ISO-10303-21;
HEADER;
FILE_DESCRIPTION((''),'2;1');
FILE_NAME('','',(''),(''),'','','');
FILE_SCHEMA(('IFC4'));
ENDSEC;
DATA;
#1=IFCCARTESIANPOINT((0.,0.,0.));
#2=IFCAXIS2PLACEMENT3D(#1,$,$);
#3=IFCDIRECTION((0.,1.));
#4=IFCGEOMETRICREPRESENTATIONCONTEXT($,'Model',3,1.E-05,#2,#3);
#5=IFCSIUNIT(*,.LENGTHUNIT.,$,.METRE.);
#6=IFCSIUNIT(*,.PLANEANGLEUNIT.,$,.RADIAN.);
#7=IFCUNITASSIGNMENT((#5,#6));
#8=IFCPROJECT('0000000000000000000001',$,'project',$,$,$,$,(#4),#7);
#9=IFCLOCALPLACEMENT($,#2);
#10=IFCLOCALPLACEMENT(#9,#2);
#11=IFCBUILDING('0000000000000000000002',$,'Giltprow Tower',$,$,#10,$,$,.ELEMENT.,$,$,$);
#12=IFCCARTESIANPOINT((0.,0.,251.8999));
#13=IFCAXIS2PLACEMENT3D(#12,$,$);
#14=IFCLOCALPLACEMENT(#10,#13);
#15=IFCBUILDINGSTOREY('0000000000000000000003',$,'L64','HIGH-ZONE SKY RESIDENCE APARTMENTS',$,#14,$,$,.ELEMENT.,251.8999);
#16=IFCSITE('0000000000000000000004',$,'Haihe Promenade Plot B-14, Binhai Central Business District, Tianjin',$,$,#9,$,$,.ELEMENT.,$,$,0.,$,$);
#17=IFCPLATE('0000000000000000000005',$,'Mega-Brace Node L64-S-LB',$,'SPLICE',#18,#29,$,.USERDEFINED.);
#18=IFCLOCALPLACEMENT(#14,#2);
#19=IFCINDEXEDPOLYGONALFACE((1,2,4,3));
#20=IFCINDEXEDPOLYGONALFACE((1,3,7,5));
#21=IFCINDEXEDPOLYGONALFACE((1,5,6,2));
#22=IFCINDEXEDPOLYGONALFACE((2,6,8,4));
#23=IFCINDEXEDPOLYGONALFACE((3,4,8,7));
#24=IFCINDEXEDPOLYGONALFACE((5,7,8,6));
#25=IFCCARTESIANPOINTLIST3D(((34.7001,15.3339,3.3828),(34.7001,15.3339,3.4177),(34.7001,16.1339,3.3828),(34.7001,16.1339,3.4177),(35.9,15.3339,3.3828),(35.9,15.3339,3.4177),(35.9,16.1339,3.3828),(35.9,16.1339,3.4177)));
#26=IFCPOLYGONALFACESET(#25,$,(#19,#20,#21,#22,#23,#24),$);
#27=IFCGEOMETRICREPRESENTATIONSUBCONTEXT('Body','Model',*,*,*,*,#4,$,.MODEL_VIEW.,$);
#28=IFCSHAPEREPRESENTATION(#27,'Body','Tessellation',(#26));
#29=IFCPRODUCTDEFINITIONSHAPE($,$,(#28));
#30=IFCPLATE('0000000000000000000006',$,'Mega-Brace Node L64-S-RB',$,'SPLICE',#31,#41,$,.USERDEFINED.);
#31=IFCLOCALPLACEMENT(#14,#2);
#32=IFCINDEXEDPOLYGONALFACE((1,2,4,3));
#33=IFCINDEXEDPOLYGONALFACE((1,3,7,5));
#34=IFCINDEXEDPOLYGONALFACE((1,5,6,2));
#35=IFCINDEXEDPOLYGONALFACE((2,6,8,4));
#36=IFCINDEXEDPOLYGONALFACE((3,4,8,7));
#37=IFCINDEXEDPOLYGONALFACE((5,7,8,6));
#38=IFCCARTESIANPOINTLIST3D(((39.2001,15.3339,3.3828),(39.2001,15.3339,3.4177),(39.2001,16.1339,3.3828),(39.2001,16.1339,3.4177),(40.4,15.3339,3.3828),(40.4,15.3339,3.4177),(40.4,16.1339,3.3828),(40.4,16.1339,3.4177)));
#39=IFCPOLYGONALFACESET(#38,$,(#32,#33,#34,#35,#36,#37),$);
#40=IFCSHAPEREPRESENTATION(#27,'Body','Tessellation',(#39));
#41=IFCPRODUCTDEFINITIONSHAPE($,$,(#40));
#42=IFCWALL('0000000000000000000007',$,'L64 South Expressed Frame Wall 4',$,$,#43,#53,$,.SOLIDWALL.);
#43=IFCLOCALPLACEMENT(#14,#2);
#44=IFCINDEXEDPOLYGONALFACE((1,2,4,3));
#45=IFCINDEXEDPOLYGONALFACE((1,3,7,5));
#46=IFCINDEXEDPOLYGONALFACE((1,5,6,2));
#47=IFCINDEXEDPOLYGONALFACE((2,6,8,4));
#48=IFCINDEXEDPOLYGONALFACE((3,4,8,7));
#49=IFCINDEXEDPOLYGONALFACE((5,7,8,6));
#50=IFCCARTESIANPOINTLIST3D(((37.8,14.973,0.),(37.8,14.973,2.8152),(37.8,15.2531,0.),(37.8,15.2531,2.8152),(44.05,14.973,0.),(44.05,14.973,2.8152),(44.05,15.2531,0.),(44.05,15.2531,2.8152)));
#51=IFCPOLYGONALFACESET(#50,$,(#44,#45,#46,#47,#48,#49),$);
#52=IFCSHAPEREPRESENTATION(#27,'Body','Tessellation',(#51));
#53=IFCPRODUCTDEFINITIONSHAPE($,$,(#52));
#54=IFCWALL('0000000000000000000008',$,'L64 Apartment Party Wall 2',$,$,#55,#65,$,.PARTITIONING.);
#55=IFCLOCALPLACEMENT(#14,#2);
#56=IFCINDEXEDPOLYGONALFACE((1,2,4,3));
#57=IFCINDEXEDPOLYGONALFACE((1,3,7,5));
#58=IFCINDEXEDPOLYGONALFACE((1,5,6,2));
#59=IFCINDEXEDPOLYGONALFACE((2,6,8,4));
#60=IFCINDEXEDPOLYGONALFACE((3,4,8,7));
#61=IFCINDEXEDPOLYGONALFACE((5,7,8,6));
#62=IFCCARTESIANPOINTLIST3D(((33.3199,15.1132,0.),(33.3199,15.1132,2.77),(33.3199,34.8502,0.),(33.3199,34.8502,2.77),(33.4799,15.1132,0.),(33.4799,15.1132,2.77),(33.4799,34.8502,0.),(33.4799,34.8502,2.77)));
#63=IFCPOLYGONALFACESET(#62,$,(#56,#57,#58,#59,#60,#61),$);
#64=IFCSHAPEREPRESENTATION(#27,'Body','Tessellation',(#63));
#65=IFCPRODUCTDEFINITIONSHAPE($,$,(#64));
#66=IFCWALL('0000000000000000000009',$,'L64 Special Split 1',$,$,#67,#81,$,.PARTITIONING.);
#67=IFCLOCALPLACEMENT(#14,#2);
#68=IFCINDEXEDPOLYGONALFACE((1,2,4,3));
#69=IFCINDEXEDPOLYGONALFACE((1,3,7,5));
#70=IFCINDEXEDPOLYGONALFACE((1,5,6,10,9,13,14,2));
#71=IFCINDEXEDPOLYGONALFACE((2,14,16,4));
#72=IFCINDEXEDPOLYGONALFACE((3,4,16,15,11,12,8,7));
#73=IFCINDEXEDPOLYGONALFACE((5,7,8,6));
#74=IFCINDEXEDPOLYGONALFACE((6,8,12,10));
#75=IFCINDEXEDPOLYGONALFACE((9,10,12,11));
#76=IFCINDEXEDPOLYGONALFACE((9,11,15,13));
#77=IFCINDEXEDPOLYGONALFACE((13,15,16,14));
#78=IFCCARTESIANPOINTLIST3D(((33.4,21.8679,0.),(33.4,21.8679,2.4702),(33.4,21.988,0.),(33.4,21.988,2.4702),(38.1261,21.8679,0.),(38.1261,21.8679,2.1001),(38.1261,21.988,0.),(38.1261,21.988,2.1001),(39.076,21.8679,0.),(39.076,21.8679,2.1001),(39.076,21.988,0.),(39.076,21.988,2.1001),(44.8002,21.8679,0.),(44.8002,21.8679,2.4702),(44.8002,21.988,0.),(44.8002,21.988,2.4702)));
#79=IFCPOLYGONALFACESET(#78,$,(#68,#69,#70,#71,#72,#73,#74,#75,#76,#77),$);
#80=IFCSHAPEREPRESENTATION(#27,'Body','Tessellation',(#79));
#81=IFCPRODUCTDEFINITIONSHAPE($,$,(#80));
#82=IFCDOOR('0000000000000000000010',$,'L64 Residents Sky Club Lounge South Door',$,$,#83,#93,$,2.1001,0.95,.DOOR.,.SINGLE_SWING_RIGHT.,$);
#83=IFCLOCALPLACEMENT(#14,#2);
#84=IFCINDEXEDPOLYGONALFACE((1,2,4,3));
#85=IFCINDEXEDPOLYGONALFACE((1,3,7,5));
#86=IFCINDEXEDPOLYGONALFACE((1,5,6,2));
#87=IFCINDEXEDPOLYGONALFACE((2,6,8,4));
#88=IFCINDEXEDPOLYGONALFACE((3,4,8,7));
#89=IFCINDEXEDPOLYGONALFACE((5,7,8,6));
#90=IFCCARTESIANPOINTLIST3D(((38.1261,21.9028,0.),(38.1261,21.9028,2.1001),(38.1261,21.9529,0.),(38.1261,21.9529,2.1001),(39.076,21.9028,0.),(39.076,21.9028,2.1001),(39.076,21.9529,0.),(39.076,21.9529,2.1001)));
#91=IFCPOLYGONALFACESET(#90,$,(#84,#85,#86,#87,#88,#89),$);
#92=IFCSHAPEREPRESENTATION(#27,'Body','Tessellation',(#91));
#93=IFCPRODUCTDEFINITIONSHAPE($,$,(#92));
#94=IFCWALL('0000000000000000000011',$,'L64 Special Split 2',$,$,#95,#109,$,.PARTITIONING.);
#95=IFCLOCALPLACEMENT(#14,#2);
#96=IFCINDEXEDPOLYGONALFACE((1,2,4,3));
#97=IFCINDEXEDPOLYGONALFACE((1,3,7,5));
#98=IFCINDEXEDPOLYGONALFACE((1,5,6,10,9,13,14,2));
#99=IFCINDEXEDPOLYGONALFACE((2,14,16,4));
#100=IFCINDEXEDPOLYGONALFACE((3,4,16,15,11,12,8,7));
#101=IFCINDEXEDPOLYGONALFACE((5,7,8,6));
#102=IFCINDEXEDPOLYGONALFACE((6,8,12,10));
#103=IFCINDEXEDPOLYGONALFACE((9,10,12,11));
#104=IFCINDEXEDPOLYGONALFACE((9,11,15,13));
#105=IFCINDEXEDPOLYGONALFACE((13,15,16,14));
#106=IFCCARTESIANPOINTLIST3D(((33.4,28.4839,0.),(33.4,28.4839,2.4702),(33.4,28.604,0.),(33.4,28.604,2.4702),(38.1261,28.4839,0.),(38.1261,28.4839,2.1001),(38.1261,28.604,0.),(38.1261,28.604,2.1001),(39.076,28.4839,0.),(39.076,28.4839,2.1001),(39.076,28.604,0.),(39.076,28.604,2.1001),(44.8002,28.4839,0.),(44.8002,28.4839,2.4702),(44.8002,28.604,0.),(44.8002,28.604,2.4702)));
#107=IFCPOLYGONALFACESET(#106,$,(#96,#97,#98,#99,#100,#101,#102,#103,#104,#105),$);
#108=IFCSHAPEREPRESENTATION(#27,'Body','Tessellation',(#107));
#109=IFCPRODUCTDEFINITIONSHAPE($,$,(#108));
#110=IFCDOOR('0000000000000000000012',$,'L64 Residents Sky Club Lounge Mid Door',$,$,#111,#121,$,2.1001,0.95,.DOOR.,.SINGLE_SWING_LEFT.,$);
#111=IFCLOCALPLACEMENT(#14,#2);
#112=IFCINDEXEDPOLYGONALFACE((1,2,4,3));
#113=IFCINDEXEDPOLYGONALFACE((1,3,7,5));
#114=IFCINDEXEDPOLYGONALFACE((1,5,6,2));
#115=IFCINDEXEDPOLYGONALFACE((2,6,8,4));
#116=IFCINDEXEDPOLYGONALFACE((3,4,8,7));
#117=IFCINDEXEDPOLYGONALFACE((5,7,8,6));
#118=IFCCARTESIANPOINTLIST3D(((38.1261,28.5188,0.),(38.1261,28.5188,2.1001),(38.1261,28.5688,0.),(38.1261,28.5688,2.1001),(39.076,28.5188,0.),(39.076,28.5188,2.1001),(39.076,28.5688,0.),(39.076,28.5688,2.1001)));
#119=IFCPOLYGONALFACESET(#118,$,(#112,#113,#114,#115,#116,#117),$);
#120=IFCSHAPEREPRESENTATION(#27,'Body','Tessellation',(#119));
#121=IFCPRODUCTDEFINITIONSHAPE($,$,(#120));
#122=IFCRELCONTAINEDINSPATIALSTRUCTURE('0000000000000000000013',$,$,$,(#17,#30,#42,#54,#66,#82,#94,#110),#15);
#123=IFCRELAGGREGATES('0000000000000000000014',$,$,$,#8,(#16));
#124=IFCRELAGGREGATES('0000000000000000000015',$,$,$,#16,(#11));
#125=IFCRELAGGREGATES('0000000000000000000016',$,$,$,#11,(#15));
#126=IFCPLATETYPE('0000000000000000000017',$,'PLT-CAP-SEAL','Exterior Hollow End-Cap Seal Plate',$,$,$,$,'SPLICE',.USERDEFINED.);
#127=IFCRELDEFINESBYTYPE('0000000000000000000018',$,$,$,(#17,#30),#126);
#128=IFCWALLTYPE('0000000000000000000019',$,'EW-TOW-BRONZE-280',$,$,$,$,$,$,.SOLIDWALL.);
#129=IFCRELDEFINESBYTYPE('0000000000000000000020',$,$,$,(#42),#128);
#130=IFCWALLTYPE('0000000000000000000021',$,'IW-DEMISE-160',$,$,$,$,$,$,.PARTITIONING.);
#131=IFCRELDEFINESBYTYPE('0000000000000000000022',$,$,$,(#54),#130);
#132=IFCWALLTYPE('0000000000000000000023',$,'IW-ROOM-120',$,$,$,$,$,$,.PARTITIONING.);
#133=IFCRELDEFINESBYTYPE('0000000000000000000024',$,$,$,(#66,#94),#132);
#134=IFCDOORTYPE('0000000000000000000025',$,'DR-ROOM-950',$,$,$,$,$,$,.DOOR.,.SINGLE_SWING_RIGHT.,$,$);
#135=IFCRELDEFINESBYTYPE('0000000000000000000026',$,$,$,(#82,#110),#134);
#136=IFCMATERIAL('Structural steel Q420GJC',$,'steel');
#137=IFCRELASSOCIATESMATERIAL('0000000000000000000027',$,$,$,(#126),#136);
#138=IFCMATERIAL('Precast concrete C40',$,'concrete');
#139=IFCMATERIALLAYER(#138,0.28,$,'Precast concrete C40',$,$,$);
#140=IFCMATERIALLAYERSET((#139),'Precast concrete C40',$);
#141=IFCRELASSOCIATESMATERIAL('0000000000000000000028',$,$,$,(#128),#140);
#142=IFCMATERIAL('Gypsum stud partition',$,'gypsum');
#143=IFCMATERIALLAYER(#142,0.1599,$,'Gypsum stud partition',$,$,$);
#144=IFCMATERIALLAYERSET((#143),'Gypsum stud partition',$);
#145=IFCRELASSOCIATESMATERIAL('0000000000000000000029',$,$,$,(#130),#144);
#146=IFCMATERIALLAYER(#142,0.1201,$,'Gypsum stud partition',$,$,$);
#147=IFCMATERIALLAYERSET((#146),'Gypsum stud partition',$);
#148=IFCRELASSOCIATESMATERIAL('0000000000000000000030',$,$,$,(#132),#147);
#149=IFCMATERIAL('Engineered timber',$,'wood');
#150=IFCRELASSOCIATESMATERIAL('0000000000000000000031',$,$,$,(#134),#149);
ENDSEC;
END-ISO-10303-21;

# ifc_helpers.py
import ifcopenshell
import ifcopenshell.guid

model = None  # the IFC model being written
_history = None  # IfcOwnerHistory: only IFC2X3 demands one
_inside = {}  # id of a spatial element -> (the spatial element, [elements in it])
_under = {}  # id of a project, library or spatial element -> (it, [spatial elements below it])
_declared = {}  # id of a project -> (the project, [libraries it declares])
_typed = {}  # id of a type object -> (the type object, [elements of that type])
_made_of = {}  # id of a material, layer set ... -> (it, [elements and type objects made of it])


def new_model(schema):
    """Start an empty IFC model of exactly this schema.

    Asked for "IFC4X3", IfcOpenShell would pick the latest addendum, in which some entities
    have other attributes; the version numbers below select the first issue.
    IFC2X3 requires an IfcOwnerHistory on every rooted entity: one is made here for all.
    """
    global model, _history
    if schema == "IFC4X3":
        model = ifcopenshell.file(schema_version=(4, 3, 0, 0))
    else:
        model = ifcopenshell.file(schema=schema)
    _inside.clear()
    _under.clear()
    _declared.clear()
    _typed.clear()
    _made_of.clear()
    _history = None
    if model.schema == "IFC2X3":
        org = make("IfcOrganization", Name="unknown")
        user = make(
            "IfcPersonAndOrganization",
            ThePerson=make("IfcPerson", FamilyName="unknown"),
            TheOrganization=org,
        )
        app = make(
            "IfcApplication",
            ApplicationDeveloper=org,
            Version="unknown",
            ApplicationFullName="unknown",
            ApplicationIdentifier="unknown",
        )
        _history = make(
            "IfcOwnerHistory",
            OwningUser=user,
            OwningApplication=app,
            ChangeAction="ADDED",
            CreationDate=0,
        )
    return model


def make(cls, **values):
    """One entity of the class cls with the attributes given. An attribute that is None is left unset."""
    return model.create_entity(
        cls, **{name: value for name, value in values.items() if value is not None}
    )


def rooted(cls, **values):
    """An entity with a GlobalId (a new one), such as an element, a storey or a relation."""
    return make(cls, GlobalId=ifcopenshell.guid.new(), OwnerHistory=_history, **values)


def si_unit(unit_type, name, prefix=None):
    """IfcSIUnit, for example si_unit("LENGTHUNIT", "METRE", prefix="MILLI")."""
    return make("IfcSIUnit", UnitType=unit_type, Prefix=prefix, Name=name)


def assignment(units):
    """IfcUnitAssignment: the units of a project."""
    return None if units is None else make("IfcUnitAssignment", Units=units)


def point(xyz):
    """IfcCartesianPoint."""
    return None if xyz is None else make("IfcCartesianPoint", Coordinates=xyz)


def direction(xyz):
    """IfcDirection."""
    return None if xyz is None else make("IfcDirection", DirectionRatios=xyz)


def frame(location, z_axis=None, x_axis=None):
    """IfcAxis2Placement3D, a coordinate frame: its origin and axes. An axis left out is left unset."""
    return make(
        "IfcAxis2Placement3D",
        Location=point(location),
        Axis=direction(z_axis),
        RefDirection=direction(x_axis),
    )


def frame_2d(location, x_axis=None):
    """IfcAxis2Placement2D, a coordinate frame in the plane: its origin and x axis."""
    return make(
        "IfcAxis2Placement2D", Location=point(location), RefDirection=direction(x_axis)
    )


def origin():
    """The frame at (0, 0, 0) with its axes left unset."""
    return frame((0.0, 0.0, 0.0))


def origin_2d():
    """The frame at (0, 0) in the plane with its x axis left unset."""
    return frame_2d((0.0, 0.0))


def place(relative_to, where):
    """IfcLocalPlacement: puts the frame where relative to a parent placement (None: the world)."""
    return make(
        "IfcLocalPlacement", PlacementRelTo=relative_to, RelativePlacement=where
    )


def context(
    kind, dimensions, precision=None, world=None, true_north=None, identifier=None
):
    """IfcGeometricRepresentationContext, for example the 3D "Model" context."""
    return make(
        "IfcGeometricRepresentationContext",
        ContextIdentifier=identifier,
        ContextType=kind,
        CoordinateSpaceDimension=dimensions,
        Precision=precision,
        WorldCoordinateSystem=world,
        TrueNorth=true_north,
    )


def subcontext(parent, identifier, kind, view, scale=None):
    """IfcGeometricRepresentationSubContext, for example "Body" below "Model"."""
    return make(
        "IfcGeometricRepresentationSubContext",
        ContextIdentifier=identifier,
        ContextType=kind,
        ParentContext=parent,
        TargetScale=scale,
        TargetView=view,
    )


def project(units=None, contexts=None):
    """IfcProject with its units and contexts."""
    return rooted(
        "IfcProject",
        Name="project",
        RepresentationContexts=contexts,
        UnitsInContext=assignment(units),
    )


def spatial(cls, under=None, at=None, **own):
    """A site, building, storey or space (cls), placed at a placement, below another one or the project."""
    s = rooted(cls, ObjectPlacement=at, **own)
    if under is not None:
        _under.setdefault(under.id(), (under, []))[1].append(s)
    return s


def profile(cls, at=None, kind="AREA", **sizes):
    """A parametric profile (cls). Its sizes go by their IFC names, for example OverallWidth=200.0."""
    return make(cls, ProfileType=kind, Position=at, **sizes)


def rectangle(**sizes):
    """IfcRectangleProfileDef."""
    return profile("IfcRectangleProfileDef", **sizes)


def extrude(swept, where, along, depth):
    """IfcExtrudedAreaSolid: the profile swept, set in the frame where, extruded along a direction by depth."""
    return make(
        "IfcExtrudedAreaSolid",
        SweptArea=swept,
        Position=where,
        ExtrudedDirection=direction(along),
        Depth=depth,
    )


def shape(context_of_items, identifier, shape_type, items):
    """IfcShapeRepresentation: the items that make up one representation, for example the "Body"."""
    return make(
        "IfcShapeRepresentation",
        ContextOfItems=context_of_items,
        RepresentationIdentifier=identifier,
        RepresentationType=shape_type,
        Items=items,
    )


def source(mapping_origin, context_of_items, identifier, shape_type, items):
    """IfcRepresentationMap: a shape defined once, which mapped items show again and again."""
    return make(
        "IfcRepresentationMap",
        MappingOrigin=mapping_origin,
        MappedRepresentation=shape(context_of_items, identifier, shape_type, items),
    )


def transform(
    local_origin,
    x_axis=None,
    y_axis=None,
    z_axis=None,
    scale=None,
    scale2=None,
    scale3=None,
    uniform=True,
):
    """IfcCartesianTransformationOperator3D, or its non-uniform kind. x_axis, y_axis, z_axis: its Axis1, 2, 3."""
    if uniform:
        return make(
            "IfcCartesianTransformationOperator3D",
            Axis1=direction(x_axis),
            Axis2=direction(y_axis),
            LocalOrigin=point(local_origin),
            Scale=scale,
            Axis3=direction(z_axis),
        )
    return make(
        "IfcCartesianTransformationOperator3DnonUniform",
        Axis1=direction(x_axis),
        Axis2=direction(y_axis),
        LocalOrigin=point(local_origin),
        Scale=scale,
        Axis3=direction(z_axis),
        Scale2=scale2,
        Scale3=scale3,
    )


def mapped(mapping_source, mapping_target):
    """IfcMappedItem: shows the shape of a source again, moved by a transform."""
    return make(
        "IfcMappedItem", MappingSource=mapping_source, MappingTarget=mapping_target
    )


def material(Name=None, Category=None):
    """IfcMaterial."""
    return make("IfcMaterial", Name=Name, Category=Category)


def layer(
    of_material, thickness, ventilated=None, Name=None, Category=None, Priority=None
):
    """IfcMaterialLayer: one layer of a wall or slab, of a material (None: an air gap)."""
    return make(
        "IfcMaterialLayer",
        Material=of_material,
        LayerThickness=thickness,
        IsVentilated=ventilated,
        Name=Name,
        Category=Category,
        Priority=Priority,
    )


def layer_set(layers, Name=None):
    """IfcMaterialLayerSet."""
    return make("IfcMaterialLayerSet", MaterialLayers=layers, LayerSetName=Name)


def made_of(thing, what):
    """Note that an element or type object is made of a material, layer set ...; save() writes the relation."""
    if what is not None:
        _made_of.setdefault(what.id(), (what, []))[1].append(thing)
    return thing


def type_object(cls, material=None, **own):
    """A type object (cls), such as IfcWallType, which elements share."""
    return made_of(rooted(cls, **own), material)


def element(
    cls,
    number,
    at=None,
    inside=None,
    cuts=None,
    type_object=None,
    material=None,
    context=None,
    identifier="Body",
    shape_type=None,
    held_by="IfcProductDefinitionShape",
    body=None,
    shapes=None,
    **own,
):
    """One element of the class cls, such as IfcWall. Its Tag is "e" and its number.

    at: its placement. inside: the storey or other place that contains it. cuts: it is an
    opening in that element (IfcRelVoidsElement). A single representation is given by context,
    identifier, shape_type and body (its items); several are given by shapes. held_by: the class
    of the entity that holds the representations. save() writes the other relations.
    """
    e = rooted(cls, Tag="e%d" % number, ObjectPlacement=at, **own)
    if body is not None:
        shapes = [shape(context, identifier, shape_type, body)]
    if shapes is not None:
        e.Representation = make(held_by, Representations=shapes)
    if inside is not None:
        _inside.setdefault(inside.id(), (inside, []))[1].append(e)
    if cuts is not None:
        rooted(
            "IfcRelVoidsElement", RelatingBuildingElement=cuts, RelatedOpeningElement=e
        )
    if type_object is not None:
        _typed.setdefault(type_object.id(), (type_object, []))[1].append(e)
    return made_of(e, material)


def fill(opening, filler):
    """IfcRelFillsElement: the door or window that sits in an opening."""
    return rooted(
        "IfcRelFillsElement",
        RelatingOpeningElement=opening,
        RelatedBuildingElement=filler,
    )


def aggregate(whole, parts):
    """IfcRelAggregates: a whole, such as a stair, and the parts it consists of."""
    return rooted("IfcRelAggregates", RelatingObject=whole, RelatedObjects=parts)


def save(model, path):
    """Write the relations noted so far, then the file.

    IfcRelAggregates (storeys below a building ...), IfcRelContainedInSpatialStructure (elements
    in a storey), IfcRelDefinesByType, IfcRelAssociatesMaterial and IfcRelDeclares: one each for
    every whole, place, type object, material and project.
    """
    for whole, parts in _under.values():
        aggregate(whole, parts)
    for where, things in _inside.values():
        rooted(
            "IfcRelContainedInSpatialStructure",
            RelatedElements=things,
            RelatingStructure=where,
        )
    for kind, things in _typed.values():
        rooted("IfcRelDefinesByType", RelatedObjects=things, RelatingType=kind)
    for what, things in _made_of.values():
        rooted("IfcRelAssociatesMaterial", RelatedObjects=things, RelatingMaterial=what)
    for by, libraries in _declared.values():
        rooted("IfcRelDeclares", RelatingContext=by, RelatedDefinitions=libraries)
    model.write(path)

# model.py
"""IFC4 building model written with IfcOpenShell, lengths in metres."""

from ifc_helpers import new_model, si_unit, direction, frame, frame_2d, origin, origin_2d, place, context, subcontext, project, spatial, rectangle, extrude, source, transform, mapped, material, layer, layer_set, type_object, element, fill, save


model = new_model("IFC4")

# Units and contexts
model_context = context("Model", 3, precision=1e-05, world=origin(), true_north=direction((0.0, 1.0)))
body_context = subcontext(model_context, "Body", "Model", "MODEL_VIEW")
ifc_project = project(units=[si_unit("LENGTHUNIT", "METRE"), si_unit("PLANEANGLEUNIT", "RADIAN")], contexts=[model_context])

# Site, building, storey
site_placement = place(None, origin())
site = spatial("IfcSite", under=ifc_project, at=site_placement, Name="Haihe Promenade Plot B-14, Binhai Central Business District, Tianjin", CompositionType="ELEMENT", RefElevation=0.0)
building_placement = place(site_placement, origin())
building = spatial("IfcBuilding", under=site, at=building_placement, Name="Giltprow Tower", CompositionType="ELEMENT")
storey_placement = place(building_placement, frame((0.0, 0.0, 251.8999)))
storey = spatial("IfcBuildingStorey", under=building, at=storey_placement, Name="L64", Description="HIGH-ZONE SKY RESIDENCE APARTMENTS", CompositionType="ELEMENT", Elevation=251.8999)

# Shared definitions
ifc_material_1 = material(Name="Structural steel Q420GJC", Category="steel")

# Plates
plate_type = type_object("IfcPlateType", Name="PLT-CAP-SEAL", Description="Exterior Hollow End-Cap Seal Plate", ElementType="SPLICE", PredefinedType="USERDEFINED", material=ifc_material_1)
shared_shape_1 = source(origin(), body_context, "Body", "SweptSolid", [
    extrude(rectangle(XDim=1.2, YDim=0.8, at=origin_2d()), origin(), (0.0, 0.0, 1.0), 0.0349),
])
for number, where, z_axis, x_axis, name in (
    (1, (35.3, 15.7339, 3.3828), (0.0, 0.0, 1.0), (1.0, 0.0, 0.0), "Mega-Brace Node L64-S-LB"),
    (2, (39.8, 15.7339, 3.3828), (0.0, 0.0, 1.0), (1.0, 0.0, 0.0), "Mega-Brace Node L64-S-RB"),
):
    element("IfcPlate", number, at=place(storey_placement, frame(where, z_axis=z_axis, x_axis=x_axis)), inside=storey, type_object=plate_type, Name=name, ObjectType="SPLICE", PredefinedType="USERDEFINED", context=body_context, shape_type="MappedRepresentation", body=[
        mapped(shared_shape_1, transform((0.0, 0.0, 0.0), x_axis=(1.0, 0.0, 0.0), y_axis=(0.0, 1.0, 0.0), z_axis=(0.0, 0.0, 1.0), scale=1.0)),
    ])

# Walls
ifc_material_2 = material(Name="Precast concrete C40", Category="concrete")
ifc_layer_1 = layer(ifc_material_2, 0.28, Name="Precast concrete C40")
ifc_layer_set_1 = layer_set([ifc_layer_1], Name="Precast concrete C40")
wall_type_1 = type_object("IfcWallType", Name="EW-TOW-BRONZE-280", PredefinedType="SOLIDWALL", material=ifc_layer_set_1)
wall_1_placement = place(storey_placement, frame((37.8, 15.113, 0.0), z_axis=(0.0, 0.0, 1.0), x_axis=(1.0, 0.0, 0.0)))
element("IfcWall", 3, at=wall_1_placement, inside=storey, type_object=wall_type_1, Name="L64 South Expressed Frame Wall 4", PredefinedType="SOLIDWALL", context=body_context, shape_type="SweptSolid", body=[
    extrude(rectangle(XDim=6.25, YDim=0.28, at=frame_2d((3.125, 0.0))), origin(), (0.0, 0.0, 1.0), 2.8152),
])
ifc_material_3 = material(Name="Gypsum stud partition", Category="gypsum")
ifc_layer_2 = layer(ifc_material_3, 0.1599, Name="Gypsum stud partition")
ifc_layer_set_2 = layer_set([ifc_layer_2], Name="Gypsum stud partition")
wall_type_2 = type_object("IfcWallType", Name="IW-DEMISE-160", PredefinedType="PARTITIONING", material=ifc_layer_set_2)
wall_2_placement = place(storey_placement, frame((33.3999, 15.113, 0.0), z_axis=(0.0, 0.0, 1.0), x_axis=(0.0, 1.0, 0.0)))
element("IfcWall", 4, at=wall_2_placement, inside=storey, type_object=wall_type_2, Name="L64 Apartment Party Wall 2", PredefinedType="PARTITIONING", context=body_context, shape_type="SweptSolid", body=[
    extrude(rectangle(XDim=19.7371, YDim=0.1599, at=frame_2d((9.8687, 0.0))), origin(), (0.0, 0.0, 1.0), 2.77),
])

# Walls, openings, doors
ifc_layer_3 = layer(ifc_material_3, 0.1201, Name="Gypsum stud partition")
ifc_layer_set_3 = layer_set([ifc_layer_3], Name="Gypsum stud partition")
wall_type_3 = type_object("IfcWallType", Name="IW-ROOM-120", PredefinedType="PARTITIONING", material=ifc_layer_set_3)
wall_3_placement = place(storey_placement, frame((33.3999, 21.928, 0.0), z_axis=(0.0, 0.0, 1.0), x_axis=(1.0, 0.0, 0.0)))
wall_3 = element("IfcWall", 5, at=wall_3_placement, inside=storey, type_object=wall_type_3, Name="L64 Special Split 1", PredefinedType="PARTITIONING", context=body_context, shape_type="SweptSolid", body=[
    extrude(rectangle(XDim=11.4001, YDim=0.1201, at=frame_2d((5.7002, 0.0))), origin(), (0.0, 0.0, 1.0), 2.4702),
])
opening_1_placement = place(wall_3_placement, frame((4.7261, 0.0, 0.0)))
opening_1 = element("IfcOpeningElement", 6, at=opening_1_placement, cuts=wall_3, PredefinedType="OPENING", context=body_context, shape_type="SweptSolid", body=[
    extrude(rectangle(XDim=0.95, YDim=2.1001, at=frame_2d((0.4751, 1.05))), frame((0.0, 0.0701, 0.0), z_axis=(0.0, -1.0, 0.0), x_axis=(1.0, 0.0, 0.0)), (0.0, 0.0, 1.0), 0.1401),
])
ifc_material_4 = material(Name="Engineered timber", Category="wood")
door_type = type_object("IfcDoorType", Name="DR-ROOM-950", OperationType="SINGLE_SWING_RIGHT", PredefinedType="DOOR", material=ifc_material_4)
shared_shape_2 = source(origin(), body_context, "Body", "SweptSolid", [
    extrude(rectangle(XDim=0.95, YDim=2.1001, at=frame_2d((0.4751, 1.05))), frame((0.0, 0.0249, 0.0), z_axis=(0.0, -1.0, 0.0), x_axis=(1.0, 0.0, 0.0)), (0.0, 0.0, 1.0), 0.05),
])
door_1_placement = place(opening_1_placement, origin())
door_1 = element("IfcDoor", 7, at=door_1_placement, inside=storey, type_object=door_type, Name="L64 Residents Sky Club Lounge South Door", OperationType="SINGLE_SWING_RIGHT", OverallHeight=2.1001, OverallWidth=0.95, PredefinedType="DOOR", context=body_context, shape_type="MappedRepresentation", body=[
    mapped(shared_shape_2, transform((0.0, 0.0, 0.0), x_axis=(1.0, 0.0, 0.0), y_axis=(0.0, 1.0, 0.0), z_axis=(0.0, 0.0, 1.0), scale=1.0)),
])
fill(opening_1, door_1)
wall_4_placement = place(storey_placement, frame((33.3999, 28.5439, 0.0), z_axis=(0.0, 0.0, 1.0), x_axis=(1.0, 0.0, 0.0)))
wall_4 = element("IfcWall", 8, at=wall_4_placement, inside=storey, type_object=wall_type_3, Name="L64 Special Split 2", PredefinedType="PARTITIONING", context=body_context, shape_type="SweptSolid", body=[
    extrude(rectangle(XDim=11.4001, YDim=0.1201, at=frame_2d((5.7002, 0.0))), origin(), (0.0, 0.0, 1.0), 2.4702),
])
opening_2_placement = place(wall_4_placement, frame((4.7261, 0.0, 0.0)))
opening_2 = element("IfcOpeningElement", 9, at=opening_2_placement, cuts=wall_4, PredefinedType="OPENING", context=body_context, shape_type="SweptSolid", body=[
    extrude(rectangle(XDim=0.95, YDim=2.1001, at=frame_2d((0.4751, 1.05))), frame((0.0, 0.0701, 0.0), z_axis=(0.0, -1.0, 0.0), x_axis=(1.0, 0.0, 0.0)), (0.0, 0.0, 1.0), 0.1401),
])
door_2_placement = place(opening_2_placement, origin())
door_2 = element("IfcDoor", 10, at=door_2_placement, inside=storey, type_object=door_type, Name="L64 Residents Sky Club Lounge Mid Door", OperationType="SINGLE_SWING_LEFT", OverallHeight=2.1001, OverallWidth=0.95, PredefinedType="DOOR", context=body_context, shape_type="MappedRepresentation", body=[
    mapped(shared_shape_2, transform((0.0, 0.0, 0.0), x_axis=(1.0, 0.0, 0.0), y_axis=(0.0, 1.0, 0.0), z_axis=(0.0, 0.0, 1.0), scale=1.0)),
])
fill(opening_2, door_2)

save(model, "model.ifc")
